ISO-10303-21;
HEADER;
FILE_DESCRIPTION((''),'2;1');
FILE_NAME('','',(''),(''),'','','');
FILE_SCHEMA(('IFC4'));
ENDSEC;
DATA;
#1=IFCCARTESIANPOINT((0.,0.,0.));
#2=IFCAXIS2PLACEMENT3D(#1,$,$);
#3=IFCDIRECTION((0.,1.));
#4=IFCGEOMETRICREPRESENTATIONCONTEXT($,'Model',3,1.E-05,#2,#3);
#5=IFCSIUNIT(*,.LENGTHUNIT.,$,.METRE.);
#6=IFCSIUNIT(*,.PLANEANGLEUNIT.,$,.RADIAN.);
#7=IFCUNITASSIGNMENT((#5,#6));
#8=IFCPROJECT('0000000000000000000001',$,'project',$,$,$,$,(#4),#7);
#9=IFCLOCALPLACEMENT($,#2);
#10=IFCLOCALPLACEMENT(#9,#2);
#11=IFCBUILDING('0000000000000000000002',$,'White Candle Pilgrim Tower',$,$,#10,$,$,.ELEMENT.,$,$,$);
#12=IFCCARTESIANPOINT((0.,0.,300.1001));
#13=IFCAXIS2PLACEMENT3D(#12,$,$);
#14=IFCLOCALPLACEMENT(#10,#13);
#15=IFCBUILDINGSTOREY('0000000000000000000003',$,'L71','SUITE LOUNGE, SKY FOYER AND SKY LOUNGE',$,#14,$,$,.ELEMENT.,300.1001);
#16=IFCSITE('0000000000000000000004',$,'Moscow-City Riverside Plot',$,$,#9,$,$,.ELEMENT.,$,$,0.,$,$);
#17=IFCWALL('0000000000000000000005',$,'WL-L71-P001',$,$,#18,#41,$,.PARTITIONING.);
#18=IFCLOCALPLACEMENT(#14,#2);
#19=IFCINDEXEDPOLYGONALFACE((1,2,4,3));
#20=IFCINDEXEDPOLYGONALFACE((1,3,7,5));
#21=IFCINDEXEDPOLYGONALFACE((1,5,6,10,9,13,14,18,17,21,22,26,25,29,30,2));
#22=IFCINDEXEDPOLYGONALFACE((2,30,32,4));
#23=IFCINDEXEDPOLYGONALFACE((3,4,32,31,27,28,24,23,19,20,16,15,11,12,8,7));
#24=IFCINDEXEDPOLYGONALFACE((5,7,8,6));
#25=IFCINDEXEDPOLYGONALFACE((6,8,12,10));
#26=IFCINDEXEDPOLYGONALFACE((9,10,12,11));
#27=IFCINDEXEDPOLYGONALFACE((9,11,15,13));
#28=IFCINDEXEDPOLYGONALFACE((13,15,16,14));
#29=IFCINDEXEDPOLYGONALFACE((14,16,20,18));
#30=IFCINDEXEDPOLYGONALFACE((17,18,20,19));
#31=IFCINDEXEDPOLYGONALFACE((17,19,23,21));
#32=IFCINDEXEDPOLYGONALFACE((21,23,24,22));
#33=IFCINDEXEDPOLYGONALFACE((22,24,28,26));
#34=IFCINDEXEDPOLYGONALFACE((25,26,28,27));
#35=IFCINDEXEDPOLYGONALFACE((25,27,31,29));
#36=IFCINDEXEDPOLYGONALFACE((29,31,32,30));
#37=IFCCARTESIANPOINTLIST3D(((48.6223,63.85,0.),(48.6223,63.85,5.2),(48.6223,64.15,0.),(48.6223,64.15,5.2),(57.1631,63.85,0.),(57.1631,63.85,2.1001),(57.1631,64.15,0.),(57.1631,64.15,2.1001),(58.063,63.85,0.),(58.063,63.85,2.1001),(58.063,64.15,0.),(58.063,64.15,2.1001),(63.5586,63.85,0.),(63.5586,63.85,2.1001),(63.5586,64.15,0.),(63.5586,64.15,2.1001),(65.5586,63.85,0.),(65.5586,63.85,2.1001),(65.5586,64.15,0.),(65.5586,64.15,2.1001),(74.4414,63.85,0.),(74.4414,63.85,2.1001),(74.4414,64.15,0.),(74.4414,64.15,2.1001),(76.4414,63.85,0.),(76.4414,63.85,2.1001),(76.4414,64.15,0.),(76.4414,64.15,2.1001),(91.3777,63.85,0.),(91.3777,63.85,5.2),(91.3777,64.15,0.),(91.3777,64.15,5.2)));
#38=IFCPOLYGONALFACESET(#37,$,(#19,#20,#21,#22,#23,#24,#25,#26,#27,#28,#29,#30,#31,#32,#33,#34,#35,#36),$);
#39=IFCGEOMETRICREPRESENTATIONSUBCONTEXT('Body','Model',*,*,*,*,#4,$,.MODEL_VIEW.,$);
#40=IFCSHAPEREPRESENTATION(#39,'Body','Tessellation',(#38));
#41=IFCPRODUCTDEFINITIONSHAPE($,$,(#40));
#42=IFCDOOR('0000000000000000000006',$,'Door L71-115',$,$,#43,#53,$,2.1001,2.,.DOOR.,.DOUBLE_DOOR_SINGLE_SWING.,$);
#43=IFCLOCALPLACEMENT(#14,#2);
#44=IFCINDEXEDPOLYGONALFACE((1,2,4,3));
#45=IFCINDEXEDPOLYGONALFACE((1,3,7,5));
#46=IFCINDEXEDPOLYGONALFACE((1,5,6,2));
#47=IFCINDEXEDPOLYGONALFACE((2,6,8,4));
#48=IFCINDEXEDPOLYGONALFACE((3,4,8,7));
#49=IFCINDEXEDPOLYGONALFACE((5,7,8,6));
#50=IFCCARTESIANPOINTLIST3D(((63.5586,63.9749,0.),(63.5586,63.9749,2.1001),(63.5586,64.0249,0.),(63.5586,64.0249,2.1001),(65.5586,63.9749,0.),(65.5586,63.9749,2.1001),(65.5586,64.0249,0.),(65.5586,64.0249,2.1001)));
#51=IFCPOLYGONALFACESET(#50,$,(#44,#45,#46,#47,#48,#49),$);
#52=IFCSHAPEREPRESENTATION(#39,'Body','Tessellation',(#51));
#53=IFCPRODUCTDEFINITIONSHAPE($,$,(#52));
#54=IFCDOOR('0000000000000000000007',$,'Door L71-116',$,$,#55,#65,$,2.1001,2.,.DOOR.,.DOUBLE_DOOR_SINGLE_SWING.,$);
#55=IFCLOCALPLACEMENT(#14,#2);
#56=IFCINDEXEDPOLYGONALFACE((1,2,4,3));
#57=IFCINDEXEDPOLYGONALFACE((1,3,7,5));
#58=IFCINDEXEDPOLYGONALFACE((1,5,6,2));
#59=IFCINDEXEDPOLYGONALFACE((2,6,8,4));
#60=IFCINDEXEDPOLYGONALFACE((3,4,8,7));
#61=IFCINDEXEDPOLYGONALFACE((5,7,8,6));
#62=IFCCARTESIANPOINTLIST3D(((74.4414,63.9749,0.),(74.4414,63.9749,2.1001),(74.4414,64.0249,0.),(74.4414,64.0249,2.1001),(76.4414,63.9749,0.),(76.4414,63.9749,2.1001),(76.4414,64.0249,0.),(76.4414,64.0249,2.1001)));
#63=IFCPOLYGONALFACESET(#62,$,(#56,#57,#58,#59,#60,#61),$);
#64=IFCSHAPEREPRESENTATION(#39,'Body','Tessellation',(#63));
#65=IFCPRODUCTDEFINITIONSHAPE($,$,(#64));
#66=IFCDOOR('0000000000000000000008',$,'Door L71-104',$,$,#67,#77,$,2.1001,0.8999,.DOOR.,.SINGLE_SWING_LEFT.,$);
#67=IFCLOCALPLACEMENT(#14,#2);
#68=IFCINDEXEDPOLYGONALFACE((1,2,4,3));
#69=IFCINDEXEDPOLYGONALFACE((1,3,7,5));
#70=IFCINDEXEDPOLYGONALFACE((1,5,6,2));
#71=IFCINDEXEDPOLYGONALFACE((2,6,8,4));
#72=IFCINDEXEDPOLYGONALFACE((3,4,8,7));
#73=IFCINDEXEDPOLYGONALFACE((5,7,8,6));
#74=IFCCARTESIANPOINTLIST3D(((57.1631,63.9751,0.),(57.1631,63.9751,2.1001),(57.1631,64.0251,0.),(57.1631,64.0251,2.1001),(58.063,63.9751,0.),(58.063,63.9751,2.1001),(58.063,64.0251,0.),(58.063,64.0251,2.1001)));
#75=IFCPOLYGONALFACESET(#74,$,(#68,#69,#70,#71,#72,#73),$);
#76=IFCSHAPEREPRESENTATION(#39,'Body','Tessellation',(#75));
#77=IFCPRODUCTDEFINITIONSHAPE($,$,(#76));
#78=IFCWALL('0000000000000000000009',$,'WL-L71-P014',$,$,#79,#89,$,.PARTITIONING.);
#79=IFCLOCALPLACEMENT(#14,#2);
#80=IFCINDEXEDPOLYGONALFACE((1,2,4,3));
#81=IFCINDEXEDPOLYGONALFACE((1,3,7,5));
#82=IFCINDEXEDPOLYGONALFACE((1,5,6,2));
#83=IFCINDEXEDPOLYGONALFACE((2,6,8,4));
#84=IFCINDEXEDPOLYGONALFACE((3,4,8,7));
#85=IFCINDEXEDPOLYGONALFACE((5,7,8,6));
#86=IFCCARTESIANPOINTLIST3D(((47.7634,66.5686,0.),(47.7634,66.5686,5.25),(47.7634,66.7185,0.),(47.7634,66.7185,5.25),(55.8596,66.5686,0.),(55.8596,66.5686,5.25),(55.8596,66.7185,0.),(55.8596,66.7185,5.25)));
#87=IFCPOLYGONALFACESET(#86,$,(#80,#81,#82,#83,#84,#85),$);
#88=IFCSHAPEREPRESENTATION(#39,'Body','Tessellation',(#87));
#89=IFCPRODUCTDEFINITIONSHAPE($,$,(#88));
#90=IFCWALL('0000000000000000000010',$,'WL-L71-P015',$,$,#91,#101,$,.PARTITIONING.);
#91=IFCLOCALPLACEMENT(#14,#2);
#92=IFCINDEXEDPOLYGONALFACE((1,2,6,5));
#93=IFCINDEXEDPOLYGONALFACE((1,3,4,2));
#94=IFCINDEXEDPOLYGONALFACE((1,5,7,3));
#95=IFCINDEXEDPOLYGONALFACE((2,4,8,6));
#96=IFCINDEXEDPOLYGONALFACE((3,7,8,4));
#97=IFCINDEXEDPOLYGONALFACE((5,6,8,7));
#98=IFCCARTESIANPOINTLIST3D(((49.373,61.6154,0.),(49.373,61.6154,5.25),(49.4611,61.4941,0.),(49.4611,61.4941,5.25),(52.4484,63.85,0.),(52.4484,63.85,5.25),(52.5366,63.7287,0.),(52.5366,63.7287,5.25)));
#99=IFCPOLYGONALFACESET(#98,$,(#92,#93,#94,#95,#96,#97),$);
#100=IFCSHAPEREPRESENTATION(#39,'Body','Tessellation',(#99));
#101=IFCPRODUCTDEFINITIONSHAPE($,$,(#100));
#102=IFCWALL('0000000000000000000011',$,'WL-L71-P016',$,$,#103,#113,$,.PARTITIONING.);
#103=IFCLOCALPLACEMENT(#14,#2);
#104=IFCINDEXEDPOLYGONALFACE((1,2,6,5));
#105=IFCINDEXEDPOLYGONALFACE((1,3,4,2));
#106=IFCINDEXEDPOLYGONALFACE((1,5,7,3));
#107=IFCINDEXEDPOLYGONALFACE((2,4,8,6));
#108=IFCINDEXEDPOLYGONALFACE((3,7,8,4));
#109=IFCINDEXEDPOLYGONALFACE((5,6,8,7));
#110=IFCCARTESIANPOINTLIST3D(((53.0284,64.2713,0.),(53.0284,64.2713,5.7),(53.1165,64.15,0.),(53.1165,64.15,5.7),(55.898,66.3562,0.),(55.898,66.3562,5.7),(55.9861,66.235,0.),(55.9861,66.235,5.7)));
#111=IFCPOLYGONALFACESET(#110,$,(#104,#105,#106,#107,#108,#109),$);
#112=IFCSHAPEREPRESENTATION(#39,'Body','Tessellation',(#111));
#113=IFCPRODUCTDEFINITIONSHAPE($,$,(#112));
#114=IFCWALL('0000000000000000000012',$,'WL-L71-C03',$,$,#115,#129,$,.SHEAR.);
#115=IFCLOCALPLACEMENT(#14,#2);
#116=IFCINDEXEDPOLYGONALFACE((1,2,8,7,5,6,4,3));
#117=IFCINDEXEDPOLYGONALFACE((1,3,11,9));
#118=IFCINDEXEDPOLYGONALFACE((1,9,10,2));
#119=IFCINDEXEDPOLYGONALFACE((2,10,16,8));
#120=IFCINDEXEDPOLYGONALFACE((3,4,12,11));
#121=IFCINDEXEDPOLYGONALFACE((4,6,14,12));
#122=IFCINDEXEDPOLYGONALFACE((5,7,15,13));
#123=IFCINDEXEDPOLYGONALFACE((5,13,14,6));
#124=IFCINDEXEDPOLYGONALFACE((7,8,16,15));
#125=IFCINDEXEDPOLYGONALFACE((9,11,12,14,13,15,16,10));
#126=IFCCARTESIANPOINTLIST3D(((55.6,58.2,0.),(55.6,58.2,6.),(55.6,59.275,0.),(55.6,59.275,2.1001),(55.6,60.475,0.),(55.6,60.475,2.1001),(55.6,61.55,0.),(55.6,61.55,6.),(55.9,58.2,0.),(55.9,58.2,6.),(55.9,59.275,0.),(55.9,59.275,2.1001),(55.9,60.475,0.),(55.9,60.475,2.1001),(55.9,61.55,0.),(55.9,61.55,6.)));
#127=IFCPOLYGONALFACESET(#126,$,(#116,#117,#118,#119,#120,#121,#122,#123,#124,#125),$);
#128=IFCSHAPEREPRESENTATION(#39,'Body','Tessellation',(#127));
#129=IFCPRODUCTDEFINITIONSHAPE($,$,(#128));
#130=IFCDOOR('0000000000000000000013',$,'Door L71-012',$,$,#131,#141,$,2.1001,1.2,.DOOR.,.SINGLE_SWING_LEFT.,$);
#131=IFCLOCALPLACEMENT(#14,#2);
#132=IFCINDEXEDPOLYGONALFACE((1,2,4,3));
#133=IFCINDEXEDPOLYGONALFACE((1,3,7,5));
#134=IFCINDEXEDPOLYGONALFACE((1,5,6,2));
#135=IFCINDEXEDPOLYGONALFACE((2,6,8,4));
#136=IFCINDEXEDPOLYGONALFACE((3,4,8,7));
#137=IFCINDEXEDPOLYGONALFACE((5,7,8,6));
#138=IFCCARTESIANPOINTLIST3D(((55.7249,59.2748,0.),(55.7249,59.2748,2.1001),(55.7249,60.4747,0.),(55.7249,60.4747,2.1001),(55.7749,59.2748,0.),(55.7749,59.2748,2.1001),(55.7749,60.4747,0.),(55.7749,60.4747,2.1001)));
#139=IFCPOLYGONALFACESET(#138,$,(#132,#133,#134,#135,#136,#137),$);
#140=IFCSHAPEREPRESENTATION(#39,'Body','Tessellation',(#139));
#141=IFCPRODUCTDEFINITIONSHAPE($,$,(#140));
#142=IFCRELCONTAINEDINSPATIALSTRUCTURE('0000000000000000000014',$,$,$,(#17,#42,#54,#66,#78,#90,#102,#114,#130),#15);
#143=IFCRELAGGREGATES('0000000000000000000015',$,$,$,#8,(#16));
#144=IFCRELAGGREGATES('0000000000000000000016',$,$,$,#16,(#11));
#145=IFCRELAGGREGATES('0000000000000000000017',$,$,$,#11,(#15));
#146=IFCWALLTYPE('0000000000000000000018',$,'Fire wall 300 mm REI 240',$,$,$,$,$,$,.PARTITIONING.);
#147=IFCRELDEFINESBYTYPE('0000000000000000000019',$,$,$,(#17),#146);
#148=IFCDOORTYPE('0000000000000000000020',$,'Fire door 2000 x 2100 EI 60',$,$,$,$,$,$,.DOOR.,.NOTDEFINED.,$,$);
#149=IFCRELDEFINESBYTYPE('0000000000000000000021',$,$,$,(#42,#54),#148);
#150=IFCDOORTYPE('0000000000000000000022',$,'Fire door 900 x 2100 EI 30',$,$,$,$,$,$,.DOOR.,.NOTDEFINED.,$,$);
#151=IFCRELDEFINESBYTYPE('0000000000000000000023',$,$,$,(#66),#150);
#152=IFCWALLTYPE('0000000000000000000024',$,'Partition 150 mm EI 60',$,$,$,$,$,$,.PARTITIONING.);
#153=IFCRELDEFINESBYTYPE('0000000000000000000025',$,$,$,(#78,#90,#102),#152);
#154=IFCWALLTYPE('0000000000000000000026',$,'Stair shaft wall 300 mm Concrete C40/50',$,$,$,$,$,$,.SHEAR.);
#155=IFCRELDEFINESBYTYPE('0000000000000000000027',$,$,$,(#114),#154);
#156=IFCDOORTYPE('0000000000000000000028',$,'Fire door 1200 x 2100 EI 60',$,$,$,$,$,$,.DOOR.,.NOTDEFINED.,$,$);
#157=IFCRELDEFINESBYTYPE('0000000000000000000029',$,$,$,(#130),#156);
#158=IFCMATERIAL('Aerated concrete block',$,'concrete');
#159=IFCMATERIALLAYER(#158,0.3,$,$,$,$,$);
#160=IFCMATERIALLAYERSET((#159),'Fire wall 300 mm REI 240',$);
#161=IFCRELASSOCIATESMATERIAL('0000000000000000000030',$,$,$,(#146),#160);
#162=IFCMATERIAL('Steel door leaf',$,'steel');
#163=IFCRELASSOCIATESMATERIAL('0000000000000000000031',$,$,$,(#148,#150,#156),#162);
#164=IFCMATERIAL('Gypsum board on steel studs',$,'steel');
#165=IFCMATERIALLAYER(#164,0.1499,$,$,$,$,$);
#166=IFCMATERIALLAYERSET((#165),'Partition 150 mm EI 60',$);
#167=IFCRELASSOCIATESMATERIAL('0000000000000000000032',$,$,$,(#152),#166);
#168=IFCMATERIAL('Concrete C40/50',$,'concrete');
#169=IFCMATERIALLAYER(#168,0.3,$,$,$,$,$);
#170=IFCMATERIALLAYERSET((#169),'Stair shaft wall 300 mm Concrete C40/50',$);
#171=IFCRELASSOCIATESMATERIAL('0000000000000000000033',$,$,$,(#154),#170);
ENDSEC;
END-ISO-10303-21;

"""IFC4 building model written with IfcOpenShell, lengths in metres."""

from ifc_helpers import new_model, si_unit, direction, frame, frame_2d, origin, place, context, subcontext, project, spatial, rectangle, extrude, material, layer, layer_set, type_object, element, fill, save


model = new_model("IFC4")

# Units and contexts
model_context = context("Model", 3, precision=1e-05, world=origin(), true_north=direction((0.0, 1.0)))
body_context = subcontext(model_context, "Body", "Model", "MODEL_VIEW")
ifc_project = project(units=[si_unit("LENGTHUNIT", "METRE"), si_unit("PLANEANGLEUNIT", "RADIAN")], contexts=[model_context])

# Site, building, storey
site_placement = place(None, origin())
site = spatial("IfcSite", under=ifc_project, at=site_placement, Name="Moscow-City Riverside Plot", CompositionType="ELEMENT", RefElevation=0.0)
building_placement = place(site_placement, origin())
building = spatial("IfcBuilding", under=site, at=building_placement, Name="White Candle Pilgrim Tower", CompositionType="ELEMENT")
storey_placement = place(building_placement, frame((0.0, 0.0, 300.1001)))
storey = spatial("IfcBuildingStorey", under=building, at=storey_placement, Name="L71", Description="SUITE LOUNGE, SKY FOYER AND SKY LOUNGE", CompositionType="ELEMENT", Elevation=300.1001)

# Shared definitions
ifc_material_1 = material(Name="Concrete C40/50", Category="concrete")
ifc_material_2 = material(Name="Gypsum board on steel studs", Category="steel")

# Wall, openings, doors
ifc_material_3 = material(Name="Aerated concrete block", Category="concrete")
ifc_layer_1 = layer(ifc_material_3, 0.3)
ifc_layer_set_1 = layer_set([ifc_layer_1], Name="Fire wall 300 mm REI 240")
wall_type_1 = type_object("IfcWallType", Name="Fire wall 300 mm REI 240", PredefinedType="PARTITIONING", material=ifc_layer_set_1)
wall_1_placement = place(storey_placement, frame((48.6223, 64.0, 0.0), z_axis=(0.0, 0.0, 1.0), x_axis=(1.0, 0.0, 0.0)))
wall_1 = element("IfcWall", 1, at=wall_1_placement, inside=storey, type_object=wall_type_1, Name="WL-L71-P001", PredefinedType="PARTITIONING", context=body_context, shape_type="SweptSolid", body=[
    extrude(rectangle(XDim=42.7554, YDim=0.3, at=frame_2d((21.3777, 0.0))), origin(), (0.0, 0.0, 1.0), 5.2),
])
opening_1_placement = place(wall_1_placement, frame((8.5408, 0.0, 0.0)))
opening_1 = element("IfcOpeningElement", 2, at=opening_1_placement, cuts=wall_1, PredefinedType="OPENING", context=body_context, shape_type="SweptSolid", body=[
    extrude(rectangle(XDim=0.8999, YDim=2.1001, at=frame_2d((0.45, 1.05))), frame((0.0, 0.1599, 0.0), z_axis=(0.0, -1.0, 0.0), x_axis=(1.0, 0.0, 0.0)), (0.0, 0.0, 1.0), 0.3201),
])
opening_2_placement = place(wall_1_placement, frame((14.9363, 0.0, 0.0)))
opening_2 = element("IfcOpeningElement", 3, at=opening_2_placement, cuts=wall_1, PredefinedType="OPENING", context=body_context, shape_type="SweptSolid", body=[
    extrude(rectangle(XDim=2.0, YDim=2.1001, at=frame_2d((1.0, 1.05))), frame((0.0, 0.1599, 0.0), z_axis=(0.0, -1.0, 0.0), x_axis=(1.0, 0.0, 0.0)), (0.0, 0.0, 1.0), 0.3201),
])
opening_3_placement = place(wall_1_placement, frame((25.8191, 0.0, 0.0)))
opening_3 = element("IfcOpeningElement", 4, at=opening_3_placement, cuts=wall_1, PredefinedType="OPENING", context=body_context, shape_type="SweptSolid", body=[
    extrude(rectangle(XDim=2.0, YDim=2.1001, at=frame_2d((1.0, 1.05))), frame((0.0, 0.1599, 0.0), z_axis=(0.0, -1.0, 0.0), x_axis=(1.0, 0.0, 0.0)), (0.0, 0.0, 1.0), 0.3201),
])
ifc_material_4 = material(Name="Steel door leaf", Category="steel")
door_type_1 = type_object("IfcDoorType", Name="Fire door 2000 x 2100 EI 60", OperationType="NOTDEFINED", PredefinedType="DOOR", material=ifc_material_4)
door_1_placement = place(opening_2_placement, origin())
door_1 = element("IfcDoor", 5, at=door_1_placement, inside=storey, type_object=door_type_1, Name="Door L71-115", OperationType="DOUBLE_DOOR_SINGLE_SWING", OverallHeight=2.1001, OverallWidth=2.0, PredefinedType="DOOR", context=body_context, shape_type="SweptSolid", body=[
    extrude(rectangle(XDim=2.0, YDim=2.1001, at=frame_2d((1.0, 1.05))), frame((0.0, 0.0249, 0.0), z_axis=(0.0, -1.0, 0.0), x_axis=(1.0, 0.0, 0.0)), (0.0, 0.0, 1.0), 0.05),
])
fill(opening_2, door_1)
door_2_placement = place(opening_3_placement, origin())
door_2 = element("IfcDoor", 6, at=door_2_placement, inside=storey, type_object=door_type_1, Name="Door L71-116", OperationType="DOUBLE_DOOR_SINGLE_SWING", OverallHeight=2.1001, OverallWidth=2.0, PredefinedType="DOOR", context=body_context, shape_type="SweptSolid", body=[
    extrude(rectangle(XDim=2.0, YDim=2.1001, at=frame_2d((1.0, 1.05))), frame((0.0, 0.0249, 0.0), z_axis=(0.0, -1.0, 0.0), x_axis=(1.0, 0.0, 0.0)), (0.0, 0.0, 1.0), 0.05),
])
fill(opening_3, door_2)
door_type_2 = type_object("IfcDoorType", Name="Fire door 900 x 2100 EI 30", OperationType="NOTDEFINED", PredefinedType="DOOR", material=ifc_material_4)
door_3_placement = place(opening_1_placement, frame((0.8999, 0.0, 0.0), z_axis=(0.0, 0.0, 1.0), x_axis=(-1.0, 0.0, 0.0)))
door_3 = element("IfcDoor", 7, at=door_3_placement, inside=storey, type_object=door_type_2, Name="Door L71-104", OperationType="SINGLE_SWING_LEFT", OverallHeight=2.1001, OverallWidth=0.8999, PredefinedType="DOOR", context=body_context, shape_type="SweptSolid", body=[
    extrude(rectangle(XDim=0.8999, YDim=2.1001, at=frame_2d((0.45, 1.05))), frame((0.0, 0.0249, 0.0), z_axis=(0.0, -1.0, 0.0), x_axis=(1.0, 0.0, 0.0)), (0.0, 0.0, 1.0), 0.05),
])
fill(opening_1, door_3)

# Walls
ifc_layer_2 = layer(ifc_material_2, 0.1499)
ifc_layer_set_2 = layer_set([ifc_layer_2], Name="Partition 150 mm EI 60")
wall_type_2 = type_object("IfcWallType", Name="Partition 150 mm EI 60", PredefinedType="PARTITIONING", material=ifc_layer_set_2)
wall_2_placement = place(storey_placement, frame((47.7634, 66.6436, 0.0), z_axis=(0.0, 0.0, 1.0), x_axis=(1.0, 0.0, 0.0)))
element("IfcWall", 8, at=wall_2_placement, inside=storey, type_object=wall_type_2, Name="WL-L71-P014", PredefinedType="PARTITIONING", context=body_context, shape_type="SweptSolid", body=[
    extrude(rectangle(XDim=8.0962, YDim=0.1499, at=frame_2d((4.0481, 0.0))), origin(), (0.0, 0.0, 1.0), 5.25),
])
wall_3_placement = place(storey_placement, frame((49.417, 61.5547, 0.0), z_axis=(0.0, 0.0, 1.0), x_axis=(0.808994, 0.587817, 0.0)))
element("IfcWall", 9, at=wall_3_placement, inside=storey, type_object=wall_type_2, Name="WL-L71-P015", PredefinedType="PARTITIONING", context=body_context, shape_type="SweptSolid", body=[
    extrude(rectangle(XDim=3.8015, YDim=0.1499, at=frame_2d((1.9009, 0.0))), origin(), (0.0, 0.0, 1.0), 5.25),
])
wall_4_placement = place(storey_placement, frame((53.0725, 64.2107, 0.0), z_axis=(0.0, 0.0, 1.0), x_axis=(0.80901, 0.587795, 0.0)))
element("IfcWall", 10, at=wall_4_placement, inside=storey, type_object=wall_type_2, Name="WL-L71-P016", PredefinedType="PARTITIONING", context=body_context, shape_type="SweptSolid", body=[
    extrude(rectangle(XDim=3.5471, YDim=0.1499, at=frame_2d((1.7734, 0.0))), origin(), (0.0, 0.0, 1.0), 5.7),
])

# Wall, opening, door
ifc_layer_3 = layer(ifc_material_1, 0.3)
ifc_layer_set_3 = layer_set([ifc_layer_3], Name="Stair shaft wall 300 mm Concrete C40/50")
wall_type_3 = type_object("IfcWallType", Name="Stair shaft wall 300 mm Concrete C40/50", PredefinedType="SHEAR", material=ifc_layer_set_3)
wall_5_placement = place(storey_placement, frame((55.75, 58.2, 0.0), z_axis=(0.0, 0.0, 1.0), x_axis=(0.0, 1.0, 0.0)))
wall_5 = element("IfcWall", 11, at=wall_5_placement, inside=storey, type_object=wall_type_3, Name="WL-L71-C03", PredefinedType="SHEAR", context=body_context, shape_type="SweptSolid", body=[
    extrude(rectangle(XDim=3.3501, YDim=0.3, at=frame_2d((1.675, 0.0))), origin(), (0.0, 0.0, 1.0), 6.0),
])
opening_4_placement = place(wall_5_placement, frame((1.075, 0.0, 0.0)))
opening_4 = element("IfcOpeningElement", 12, at=opening_4_placement, cuts=wall_5, PredefinedType="OPENING", context=body_context, shape_type="SweptSolid", body=[
    extrude(rectangle(XDim=1.2, YDim=2.1001, at=frame_2d((0.6001, 1.05))), frame((0.0, 0.1599, 0.0), z_axis=(0.0, -1.0, 0.0), x_axis=(1.0, 0.0, 0.0)), (0.0, 0.0, 1.0), 0.3201),
])
door_type_3 = type_object("IfcDoorType", Name="Fire door 1200 x 2100 EI 60", OperationType="NOTDEFINED", PredefinedType="DOOR", material=ifc_material_4)
door_4_placement = place(opening_4_placement, frame((1.2, 0.0, 0.0), z_axis=(0.0, 0.0, 1.0), x_axis=(-1.0, 0.0, 0.0)))
door_4 = element("IfcDoor", 13, at=door_4_placement, inside=storey, type_object=door_type_3, Name="Door L71-012", OperationType="SINGLE_SWING_LEFT", OverallHeight=2.1001, OverallWidth=1.2, PredefinedType="DOOR", context=body_context, shape_type="SweptSolid", body=[
    extrude(rectangle(XDim=1.2, YDim=2.1001, at=frame_2d((0.6001, 1.05))), frame((0.0, 0.0249, 0.0), z_axis=(0.0, -1.0, 0.0), x_axis=(1.0, 0.0, 0.0)), (0.0, 0.0, 1.0), 0.05),
])
fill(opening_4, door_4)

save(model, "model.ifc")
